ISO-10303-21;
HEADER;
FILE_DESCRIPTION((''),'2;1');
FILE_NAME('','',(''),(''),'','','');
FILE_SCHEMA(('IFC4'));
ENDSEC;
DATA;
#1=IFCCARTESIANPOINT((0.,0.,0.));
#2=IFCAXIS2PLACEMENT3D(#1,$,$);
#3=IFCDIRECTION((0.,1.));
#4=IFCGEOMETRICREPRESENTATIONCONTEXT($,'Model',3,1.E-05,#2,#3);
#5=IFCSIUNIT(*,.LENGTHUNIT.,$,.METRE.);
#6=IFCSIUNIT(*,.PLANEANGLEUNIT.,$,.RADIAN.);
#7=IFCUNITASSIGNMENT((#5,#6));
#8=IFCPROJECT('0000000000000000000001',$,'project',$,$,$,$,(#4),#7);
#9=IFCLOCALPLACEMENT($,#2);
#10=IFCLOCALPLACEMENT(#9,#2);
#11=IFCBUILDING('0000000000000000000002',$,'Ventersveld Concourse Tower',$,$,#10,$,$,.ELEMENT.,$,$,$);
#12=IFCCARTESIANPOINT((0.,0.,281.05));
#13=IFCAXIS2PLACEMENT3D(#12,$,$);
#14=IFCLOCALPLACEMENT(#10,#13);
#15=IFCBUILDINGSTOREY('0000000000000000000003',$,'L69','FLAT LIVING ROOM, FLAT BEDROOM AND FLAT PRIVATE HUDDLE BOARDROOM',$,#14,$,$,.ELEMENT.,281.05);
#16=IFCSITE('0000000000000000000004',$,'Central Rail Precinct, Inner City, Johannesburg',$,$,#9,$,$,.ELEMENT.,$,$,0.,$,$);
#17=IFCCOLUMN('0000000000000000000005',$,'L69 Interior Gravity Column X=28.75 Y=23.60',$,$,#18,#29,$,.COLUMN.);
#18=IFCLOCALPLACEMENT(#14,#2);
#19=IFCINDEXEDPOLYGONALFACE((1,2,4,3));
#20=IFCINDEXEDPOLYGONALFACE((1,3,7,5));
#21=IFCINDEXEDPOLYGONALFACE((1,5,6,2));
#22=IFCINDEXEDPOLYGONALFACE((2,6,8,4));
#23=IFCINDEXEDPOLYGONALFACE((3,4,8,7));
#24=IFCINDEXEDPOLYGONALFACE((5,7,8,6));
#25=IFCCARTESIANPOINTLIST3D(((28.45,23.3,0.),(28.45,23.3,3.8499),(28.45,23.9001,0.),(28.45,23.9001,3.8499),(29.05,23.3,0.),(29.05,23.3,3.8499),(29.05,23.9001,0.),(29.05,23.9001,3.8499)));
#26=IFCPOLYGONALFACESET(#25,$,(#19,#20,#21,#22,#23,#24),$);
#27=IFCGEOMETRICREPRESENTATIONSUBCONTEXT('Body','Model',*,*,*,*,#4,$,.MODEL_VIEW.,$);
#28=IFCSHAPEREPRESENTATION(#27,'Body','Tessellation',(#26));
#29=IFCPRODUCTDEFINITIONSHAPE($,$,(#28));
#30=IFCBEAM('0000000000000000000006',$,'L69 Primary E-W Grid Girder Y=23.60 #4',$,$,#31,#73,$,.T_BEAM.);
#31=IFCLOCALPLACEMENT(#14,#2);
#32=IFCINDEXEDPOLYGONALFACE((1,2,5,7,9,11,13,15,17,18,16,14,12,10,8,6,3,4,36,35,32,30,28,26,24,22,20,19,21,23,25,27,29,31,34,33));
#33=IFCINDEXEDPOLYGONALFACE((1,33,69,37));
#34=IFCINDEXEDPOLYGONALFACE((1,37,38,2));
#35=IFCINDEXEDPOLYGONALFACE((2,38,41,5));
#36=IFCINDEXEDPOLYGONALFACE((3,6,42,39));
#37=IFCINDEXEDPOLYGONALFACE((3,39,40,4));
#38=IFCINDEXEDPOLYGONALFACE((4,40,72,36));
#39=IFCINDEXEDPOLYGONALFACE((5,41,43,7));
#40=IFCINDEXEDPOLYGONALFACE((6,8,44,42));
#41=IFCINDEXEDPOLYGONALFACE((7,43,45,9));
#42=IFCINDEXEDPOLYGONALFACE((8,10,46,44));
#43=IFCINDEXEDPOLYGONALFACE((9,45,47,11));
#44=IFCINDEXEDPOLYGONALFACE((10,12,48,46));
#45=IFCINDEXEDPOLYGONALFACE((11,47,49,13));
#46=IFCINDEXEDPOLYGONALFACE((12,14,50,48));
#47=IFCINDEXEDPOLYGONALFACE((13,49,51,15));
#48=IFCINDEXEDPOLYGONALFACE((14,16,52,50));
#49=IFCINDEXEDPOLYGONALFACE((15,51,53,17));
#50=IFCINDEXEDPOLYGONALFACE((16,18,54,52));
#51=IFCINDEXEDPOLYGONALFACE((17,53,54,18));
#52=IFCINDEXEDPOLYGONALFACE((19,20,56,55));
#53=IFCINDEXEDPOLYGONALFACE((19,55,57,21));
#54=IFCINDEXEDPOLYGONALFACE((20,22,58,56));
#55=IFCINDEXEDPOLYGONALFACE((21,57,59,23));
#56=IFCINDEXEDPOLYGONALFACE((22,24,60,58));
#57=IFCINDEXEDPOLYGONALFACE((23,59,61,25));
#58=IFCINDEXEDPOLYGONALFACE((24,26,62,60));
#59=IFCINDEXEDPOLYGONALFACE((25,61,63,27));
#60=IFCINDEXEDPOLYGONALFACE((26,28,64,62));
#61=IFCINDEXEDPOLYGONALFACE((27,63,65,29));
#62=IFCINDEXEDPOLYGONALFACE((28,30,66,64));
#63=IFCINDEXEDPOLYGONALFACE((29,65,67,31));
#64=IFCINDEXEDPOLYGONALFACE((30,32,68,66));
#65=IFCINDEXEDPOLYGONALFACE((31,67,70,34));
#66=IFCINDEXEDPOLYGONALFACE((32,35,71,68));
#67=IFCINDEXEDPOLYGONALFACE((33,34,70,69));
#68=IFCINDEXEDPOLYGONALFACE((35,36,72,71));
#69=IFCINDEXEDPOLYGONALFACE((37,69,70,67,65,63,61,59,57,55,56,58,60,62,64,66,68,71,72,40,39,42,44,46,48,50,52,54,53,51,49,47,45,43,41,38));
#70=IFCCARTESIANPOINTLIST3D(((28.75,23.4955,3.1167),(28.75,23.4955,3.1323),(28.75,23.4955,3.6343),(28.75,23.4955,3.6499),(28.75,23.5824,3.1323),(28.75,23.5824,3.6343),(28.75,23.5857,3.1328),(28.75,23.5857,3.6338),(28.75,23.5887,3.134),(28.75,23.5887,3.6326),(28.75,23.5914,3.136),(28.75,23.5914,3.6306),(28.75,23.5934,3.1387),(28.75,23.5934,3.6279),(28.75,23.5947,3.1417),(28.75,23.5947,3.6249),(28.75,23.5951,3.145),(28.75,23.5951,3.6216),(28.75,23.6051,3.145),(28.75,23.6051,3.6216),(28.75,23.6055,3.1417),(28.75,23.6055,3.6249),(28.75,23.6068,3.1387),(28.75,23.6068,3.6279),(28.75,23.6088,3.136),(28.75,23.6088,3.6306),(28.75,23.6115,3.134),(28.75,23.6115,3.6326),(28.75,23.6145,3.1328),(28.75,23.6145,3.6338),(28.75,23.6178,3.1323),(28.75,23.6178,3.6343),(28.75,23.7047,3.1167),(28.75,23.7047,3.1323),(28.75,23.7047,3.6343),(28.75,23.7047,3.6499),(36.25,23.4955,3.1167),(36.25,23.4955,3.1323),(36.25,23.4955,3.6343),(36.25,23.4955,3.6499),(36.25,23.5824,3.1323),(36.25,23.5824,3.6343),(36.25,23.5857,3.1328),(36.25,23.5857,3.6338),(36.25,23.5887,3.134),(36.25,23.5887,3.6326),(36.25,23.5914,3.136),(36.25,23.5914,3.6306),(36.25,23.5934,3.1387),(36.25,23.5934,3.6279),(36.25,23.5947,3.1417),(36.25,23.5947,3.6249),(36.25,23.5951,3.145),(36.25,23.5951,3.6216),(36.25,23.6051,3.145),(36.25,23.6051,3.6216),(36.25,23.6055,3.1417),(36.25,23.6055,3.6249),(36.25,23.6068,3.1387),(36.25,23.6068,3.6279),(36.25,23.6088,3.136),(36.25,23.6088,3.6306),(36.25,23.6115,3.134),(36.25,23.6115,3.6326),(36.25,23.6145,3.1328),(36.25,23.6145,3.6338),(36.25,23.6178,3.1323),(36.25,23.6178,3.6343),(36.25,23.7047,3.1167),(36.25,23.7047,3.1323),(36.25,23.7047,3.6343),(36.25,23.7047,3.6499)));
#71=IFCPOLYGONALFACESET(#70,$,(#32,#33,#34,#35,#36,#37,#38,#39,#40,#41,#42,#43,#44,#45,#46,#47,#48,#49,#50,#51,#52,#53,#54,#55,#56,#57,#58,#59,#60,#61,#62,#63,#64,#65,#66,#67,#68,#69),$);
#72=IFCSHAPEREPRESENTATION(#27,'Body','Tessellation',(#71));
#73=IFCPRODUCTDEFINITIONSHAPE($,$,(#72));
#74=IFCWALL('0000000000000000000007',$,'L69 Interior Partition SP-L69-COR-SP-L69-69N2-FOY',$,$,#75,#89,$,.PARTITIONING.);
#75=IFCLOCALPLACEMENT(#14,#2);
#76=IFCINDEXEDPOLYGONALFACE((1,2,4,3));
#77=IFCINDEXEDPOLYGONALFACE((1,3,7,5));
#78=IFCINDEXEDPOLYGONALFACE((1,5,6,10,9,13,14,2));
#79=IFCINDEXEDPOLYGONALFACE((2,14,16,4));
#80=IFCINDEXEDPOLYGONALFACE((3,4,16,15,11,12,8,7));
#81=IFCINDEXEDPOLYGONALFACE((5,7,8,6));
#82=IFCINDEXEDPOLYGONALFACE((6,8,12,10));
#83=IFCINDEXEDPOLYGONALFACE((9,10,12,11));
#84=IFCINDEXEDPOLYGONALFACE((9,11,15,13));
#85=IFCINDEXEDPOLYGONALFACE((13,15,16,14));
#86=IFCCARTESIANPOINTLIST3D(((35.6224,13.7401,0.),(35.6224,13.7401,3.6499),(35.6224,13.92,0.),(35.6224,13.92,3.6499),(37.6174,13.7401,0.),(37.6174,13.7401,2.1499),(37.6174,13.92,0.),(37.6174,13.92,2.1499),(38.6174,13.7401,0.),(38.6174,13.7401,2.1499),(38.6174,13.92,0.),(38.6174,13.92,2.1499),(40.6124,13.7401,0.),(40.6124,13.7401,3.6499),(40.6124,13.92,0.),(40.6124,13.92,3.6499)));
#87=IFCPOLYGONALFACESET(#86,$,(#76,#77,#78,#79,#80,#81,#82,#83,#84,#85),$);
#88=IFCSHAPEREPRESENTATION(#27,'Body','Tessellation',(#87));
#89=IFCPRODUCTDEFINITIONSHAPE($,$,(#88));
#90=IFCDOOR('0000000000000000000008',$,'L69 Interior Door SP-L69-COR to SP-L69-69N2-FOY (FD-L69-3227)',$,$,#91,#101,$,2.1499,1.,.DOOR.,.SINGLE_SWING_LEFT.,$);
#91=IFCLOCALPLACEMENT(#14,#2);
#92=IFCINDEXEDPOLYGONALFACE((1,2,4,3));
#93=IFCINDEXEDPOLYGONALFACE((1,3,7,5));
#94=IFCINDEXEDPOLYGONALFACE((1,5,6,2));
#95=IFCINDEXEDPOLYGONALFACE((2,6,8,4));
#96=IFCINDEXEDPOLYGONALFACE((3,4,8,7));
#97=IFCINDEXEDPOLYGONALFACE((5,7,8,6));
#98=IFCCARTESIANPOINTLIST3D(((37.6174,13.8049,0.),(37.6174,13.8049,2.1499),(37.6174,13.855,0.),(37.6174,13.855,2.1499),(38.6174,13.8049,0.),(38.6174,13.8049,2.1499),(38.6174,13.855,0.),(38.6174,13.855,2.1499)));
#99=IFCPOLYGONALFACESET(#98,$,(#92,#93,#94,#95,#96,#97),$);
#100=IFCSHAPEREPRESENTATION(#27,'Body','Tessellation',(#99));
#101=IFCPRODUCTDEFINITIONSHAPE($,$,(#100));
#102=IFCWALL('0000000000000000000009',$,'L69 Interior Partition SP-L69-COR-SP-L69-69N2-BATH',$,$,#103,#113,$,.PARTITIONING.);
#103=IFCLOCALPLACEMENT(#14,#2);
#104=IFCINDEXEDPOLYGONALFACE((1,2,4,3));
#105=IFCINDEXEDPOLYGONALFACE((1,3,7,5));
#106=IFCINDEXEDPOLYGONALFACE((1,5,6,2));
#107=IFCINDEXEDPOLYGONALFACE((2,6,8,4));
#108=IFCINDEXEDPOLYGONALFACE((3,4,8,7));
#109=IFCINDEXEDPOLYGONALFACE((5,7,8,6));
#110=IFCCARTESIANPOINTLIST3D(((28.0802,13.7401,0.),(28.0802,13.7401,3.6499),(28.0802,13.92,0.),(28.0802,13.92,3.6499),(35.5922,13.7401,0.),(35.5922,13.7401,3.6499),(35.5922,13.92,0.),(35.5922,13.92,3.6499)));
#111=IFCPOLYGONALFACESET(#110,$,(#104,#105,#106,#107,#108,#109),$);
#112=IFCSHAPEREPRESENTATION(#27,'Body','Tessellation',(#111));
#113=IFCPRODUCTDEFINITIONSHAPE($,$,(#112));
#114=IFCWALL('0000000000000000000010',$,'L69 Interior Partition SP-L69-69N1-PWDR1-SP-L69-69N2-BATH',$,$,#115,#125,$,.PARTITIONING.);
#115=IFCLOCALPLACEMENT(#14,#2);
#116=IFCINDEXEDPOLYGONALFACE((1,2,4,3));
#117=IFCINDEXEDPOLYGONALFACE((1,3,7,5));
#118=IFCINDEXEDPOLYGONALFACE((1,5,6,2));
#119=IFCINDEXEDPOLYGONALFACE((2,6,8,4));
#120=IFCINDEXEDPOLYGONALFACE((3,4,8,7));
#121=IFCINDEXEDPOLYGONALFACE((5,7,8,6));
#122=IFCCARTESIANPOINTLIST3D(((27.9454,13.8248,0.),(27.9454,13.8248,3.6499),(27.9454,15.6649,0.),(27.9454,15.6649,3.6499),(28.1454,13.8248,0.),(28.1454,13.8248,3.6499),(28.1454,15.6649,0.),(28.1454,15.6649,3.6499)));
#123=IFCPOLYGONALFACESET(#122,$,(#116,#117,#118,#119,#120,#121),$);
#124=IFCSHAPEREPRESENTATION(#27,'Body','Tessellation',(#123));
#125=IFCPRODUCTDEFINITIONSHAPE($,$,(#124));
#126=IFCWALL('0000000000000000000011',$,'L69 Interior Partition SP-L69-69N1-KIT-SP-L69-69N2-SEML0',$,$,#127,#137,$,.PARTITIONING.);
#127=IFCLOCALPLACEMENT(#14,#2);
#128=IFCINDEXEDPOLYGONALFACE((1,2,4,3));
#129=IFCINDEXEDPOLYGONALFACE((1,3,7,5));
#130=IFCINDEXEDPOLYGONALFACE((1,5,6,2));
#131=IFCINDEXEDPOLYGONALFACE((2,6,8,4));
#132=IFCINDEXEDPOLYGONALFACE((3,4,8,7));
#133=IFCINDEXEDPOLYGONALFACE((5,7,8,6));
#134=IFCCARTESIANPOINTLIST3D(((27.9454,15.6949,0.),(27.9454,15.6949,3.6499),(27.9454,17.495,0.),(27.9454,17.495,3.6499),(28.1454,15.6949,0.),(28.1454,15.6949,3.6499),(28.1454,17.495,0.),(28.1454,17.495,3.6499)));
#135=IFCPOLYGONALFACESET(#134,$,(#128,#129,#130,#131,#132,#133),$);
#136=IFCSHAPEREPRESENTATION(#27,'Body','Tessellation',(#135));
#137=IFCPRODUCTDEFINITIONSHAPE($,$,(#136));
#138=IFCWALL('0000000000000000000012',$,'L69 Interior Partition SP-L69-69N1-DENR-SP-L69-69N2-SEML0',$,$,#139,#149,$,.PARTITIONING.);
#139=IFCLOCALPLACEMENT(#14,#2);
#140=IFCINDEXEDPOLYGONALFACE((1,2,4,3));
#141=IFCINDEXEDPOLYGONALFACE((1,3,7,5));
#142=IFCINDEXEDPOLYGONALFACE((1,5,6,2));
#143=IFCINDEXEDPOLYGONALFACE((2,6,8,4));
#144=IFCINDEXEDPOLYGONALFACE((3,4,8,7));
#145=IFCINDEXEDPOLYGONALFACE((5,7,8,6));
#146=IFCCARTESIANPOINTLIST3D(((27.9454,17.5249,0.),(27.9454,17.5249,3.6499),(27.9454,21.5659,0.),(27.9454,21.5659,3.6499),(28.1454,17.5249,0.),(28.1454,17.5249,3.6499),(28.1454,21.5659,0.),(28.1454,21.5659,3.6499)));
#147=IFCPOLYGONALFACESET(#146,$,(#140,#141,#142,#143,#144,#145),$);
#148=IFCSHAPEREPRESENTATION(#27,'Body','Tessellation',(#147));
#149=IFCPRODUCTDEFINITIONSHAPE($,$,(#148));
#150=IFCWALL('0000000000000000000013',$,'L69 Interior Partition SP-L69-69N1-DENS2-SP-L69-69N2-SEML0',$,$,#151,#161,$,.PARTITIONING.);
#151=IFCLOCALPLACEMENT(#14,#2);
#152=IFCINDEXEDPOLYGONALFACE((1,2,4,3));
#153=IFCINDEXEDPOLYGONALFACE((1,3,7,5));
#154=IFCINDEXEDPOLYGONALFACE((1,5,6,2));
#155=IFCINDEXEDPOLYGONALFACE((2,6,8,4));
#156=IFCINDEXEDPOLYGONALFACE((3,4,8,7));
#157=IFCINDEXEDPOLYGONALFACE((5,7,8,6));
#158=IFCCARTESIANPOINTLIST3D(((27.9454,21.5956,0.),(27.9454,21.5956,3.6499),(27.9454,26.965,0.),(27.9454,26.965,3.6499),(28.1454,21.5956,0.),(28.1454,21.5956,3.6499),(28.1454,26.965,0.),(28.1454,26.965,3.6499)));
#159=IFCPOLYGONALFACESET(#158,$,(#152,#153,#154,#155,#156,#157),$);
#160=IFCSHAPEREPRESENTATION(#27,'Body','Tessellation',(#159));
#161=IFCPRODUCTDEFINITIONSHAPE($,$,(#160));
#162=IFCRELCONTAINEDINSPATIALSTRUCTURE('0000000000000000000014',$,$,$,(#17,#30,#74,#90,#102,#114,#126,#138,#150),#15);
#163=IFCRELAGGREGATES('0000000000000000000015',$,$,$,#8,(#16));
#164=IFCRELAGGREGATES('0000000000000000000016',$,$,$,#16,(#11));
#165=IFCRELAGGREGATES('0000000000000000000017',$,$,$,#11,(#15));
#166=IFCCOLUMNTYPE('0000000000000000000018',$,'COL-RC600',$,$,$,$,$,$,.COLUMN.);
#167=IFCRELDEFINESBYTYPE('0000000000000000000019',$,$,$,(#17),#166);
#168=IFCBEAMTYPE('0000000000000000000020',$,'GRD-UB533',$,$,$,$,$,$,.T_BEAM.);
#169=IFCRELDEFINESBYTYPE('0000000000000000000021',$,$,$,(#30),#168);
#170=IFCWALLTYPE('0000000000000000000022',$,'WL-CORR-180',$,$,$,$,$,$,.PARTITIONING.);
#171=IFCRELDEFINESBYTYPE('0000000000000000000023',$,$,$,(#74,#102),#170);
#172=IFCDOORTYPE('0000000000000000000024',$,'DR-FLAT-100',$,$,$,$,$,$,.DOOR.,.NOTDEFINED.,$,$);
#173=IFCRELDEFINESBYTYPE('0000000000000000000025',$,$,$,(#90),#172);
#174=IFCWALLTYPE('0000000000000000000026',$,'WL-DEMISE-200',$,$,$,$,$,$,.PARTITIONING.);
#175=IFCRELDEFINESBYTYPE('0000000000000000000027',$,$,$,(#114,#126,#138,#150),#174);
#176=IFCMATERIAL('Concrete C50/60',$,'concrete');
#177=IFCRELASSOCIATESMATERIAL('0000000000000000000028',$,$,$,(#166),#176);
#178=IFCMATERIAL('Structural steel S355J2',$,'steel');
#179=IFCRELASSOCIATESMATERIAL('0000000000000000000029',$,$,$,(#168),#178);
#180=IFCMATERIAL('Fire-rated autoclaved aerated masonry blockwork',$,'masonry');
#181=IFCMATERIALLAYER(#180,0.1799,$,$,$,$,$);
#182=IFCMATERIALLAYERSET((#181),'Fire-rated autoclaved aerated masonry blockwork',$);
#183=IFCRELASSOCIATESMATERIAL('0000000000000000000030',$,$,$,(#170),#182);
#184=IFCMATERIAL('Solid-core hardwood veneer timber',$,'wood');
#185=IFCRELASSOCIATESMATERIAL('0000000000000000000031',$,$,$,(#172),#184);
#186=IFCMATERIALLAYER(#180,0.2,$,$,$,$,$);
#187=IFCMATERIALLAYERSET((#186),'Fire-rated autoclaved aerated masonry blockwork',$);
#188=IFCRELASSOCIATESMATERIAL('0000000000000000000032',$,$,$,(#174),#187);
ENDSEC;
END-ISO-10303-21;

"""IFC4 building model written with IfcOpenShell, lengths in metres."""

from ifc_helpers import new_model, si_unit, direction, frame, frame_2d, origin, origin_2d, place, context, subcontext, project, spatial, rectangle, i_section, extrude, material, layer, layer_set, material_profile, profile_set, type_object, element, fill, save


model = new_model("IFC4")

# Units and contexts
model_context = context("Model", 3, precision=1e-05, world=origin(), true_north=direction((0.0, 1.0)))
body_context = subcontext(model_context, "Body", "Model", "MODEL_VIEW")
ifc_project = project(units=[si_unit("LENGTHUNIT", "METRE"), si_unit("PLANEANGLEUNIT", "RADIAN")], contexts=[model_context])

# Site, building, storey
site_placement = place(None, origin())
site = spatial("IfcSite", under=ifc_project, at=site_placement, Name="Central Rail Precinct, Inner City, Johannesburg", CompositionType="ELEMENT", RefElevation=0.0)
building_placement = place(site_placement, origin())
building = spatial("IfcBuilding", under=site, at=building_placement, Name="Ventersveld Concourse Tower", CompositionType="ELEMENT")
storey_placement = place(building_placement, frame((0.0, 0.0, 281.05)))
storey = spatial("IfcBuildingStorey", under=building, at=storey_placement, Name="L69", Description="FLAT LIVING ROOM, FLAT BEDROOM AND FLAT PRIVATE HUDDLE BOARDROOM", CompositionType="ELEMENT", Elevation=281.05)

# Column
ifc_material_1 = material(Name="Concrete C50/60", Category="concrete")
ifc_material_profile_1 = material_profile(ifc_material_1, rectangle(XDim=0.6001, YDim=0.6001, at=origin_2d()), Name="RC 600x600")
ifc_profile_set_1 = profile_set([ifc_material_profile_1], Name="Concrete C50/60")
column_type = type_object("IfcColumnType", Name="COL-RC600", PredefinedType="COLUMN", material=ifc_profile_set_1)
column_placement = place(storey_placement, frame((28.75, 23.6001, 0.0), z_axis=(0.0, 0.0, 1.0), x_axis=(1.0, 0.0, 0.0)))
element("IfcColumn", 1, at=column_placement, inside=storey, type_object=column_type, Name="L69 Interior Gravity Column X=28.75 Y=23.60", PredefinedType="COLUMN", context=body_context, shape_type="SweptSolid", body=[
    extrude(rectangle(XDim=0.6001, YDim=0.6001, at=origin_2d()), origin(), (0.0, 0.0, 1.0), 3.8499),
])

# Beam
ifc_material_2 = material(Name="Structural steel S355J2", Category="steel")
ifc_material_profile_2 = material_profile(ifc_material_2, i_section(OverallWidth=0.2092, OverallDepth=0.5332, WebThickness=0.01, FlangeThickness=0.0156, FilletRadius=0.0127, at=origin_2d()), Name="UB 533x210x92")
ifc_profile_set_2 = profile_set([ifc_material_profile_2], Name="Structural steel S355J2")
beam_type = type_object("IfcBeamType", Name="GRD-UB533", PredefinedType="T_BEAM", material=ifc_profile_set_2)
beam_placement = place(storey_placement, frame((28.75, 23.6001, 3.3833), z_axis=(1.0, 0.0, 0.0), x_axis=(0.0, 1.0, 0.0)))
element("IfcBeam", 2, at=beam_placement, inside=storey, type_object=beam_type, Name="L69 Primary E-W Grid Girder Y=23.60 #4", PredefinedType="T_BEAM", context=body_context, shape_type="SweptSolid", body=[
    extrude(i_section(OverallWidth=0.2092, OverallDepth=0.5332, WebThickness=0.01, FlangeThickness=0.0156, FilletRadius=0.0127, at=origin_2d()), origin(), (0.0, 0.0, 1.0), 7.5),
])

# Wall, opening, door
ifc_material_3 = material(Name="Fire-rated autoclaved aerated masonry blockwork", Category="masonry")
ifc_layer_1 = layer(ifc_material_3, 0.1799)
ifc_layer_set_1 = layer_set([ifc_layer_1], Name="Fire-rated autoclaved aerated masonry blockwork")
wall_type_1 = type_object("IfcWallType", Name="WL-CORR-180", PredefinedType="PARTITIONING", material=ifc_layer_set_1)
wall_1_placement = place(storey_placement, frame((35.6223, 13.8301, 0.0), z_axis=(0.0, 0.0, 1.0), x_axis=(1.0, 0.0, 0.0)))
wall_1 = element("IfcWall", 3, at=wall_1_placement, inside=storey, type_object=wall_type_1, Name="L69 Interior Partition SP-L69-COR-SP-L69-69N2-FOY", PredefinedType="PARTITIONING", context=body_context, shape_type="SweptSolid", body=[
    extrude(rectangle(XDim=4.99, YDim=0.1799, at=frame_2d((2.4951, 0.0))), origin(), (0.0, 0.0, 1.0), 3.6499),
])
opening_1_placement = place(wall_1_placement, frame((1.9951, 0.0, 0.0)))
opening_1 = element("IfcOpeningElement", 4, at=opening_1_placement, cuts=wall_1, PredefinedType="OPENING", context=body_context, shape_type="SweptSolid", body=[
    extrude(rectangle(XDim=1.0, YDim=2.1499, at=frame_2d((0.5, 1.075))), frame((0.0, 0.1001, 0.0), z_axis=(0.0, -1.0, 0.0), x_axis=(1.0, 0.0, 0.0)), (0.0, 0.0, 1.0), 0.2),
])
ifc_material_4 = material(Name="Solid-core hardwood veneer timber", Category="wood")
door_type_1 = type_object("IfcDoorType", Name="DR-FLAT-100", OperationType="NOTDEFINED", PredefinedType="DOOR", material=ifc_material_4)
door_1_placement = place(opening_1_placement, origin())
door_1 = element("IfcDoor", 5, at=door_1_placement, inside=storey, type_object=door_type_1, Name="L69 Interior Door SP-L69-COR to SP-L69-69N2-FOY (FD-L69-3227)", OperationType="SINGLE_SWING_LEFT", OverallHeight=2.1499, OverallWidth=1.0, PredefinedType="DOOR", context=body_context, shape_type="SweptSolid", body=[
    extrude(rectangle(XDim=1.0, YDim=2.1499, at=frame_2d((0.5, 1.075))), frame((0.0, 0.0249, 0.0), z_axis=(0.0, -1.0, 0.0), x_axis=(1.0, 0.0, 0.0)), (0.0, 0.0, 1.0), 0.05),
])
fill(opening_1, door_1)

# Walls
wall_2_placement = place(storey_placement, frame((28.0803, 13.8301, 0.0), z_axis=(0.0, 0.0, 1.0), x_axis=(1.0, 0.0, 0.0)))
element("IfcWall", 6, at=wall_2_placement, inside=storey, type_object=wall_type_1, Name="L69 Interior Partition SP-L69-COR-SP-L69-69N2-BATH", PredefinedType="PARTITIONING", context=body_context, shape_type="SweptSolid", body=[
    extrude(rectangle(XDim=7.512, YDim=0.1799, at=frame_2d((3.7559, 0.0))), origin(), (0.0, 0.0, 1.0), 3.6499),
])
ifc_layer_2 = layer(ifc_material_3, 0.2)
ifc_layer_set_2 = layer_set([ifc_layer_2], Name="Fire-rated autoclaved aerated masonry blockwork")
wall_type_2 = type_object("IfcWallType", Name="WL-DEMISE-200", PredefinedType="PARTITIONING", material=ifc_layer_set_2)
wall_3_placement = place(storey_placement, frame((28.0454, 13.825, 0.0), z_axis=(0.0, 0.0, 1.0), x_axis=(0.0, 1.0, 0.0)))
element("IfcWall", 7, at=wall_3_placement, inside=storey, type_object=wall_type_2, Name="L69 Interior Partition SP-L69-69N1-PWDR1-SP-L69-69N2-BATH", PredefinedType="PARTITIONING", context=body_context, shape_type="SweptSolid", body=[
    extrude(rectangle(XDim=1.8401, YDim=0.2, at=frame_2d((0.9199, 0.0))), origin(), (0.0, 0.0, 1.0), 3.6499),
])
wall_4_placement = place(storey_placement, frame((28.0454, 15.6951, 0.0), z_axis=(0.0, 0.0, 1.0), x_axis=(0.0, 1.0, 0.0)))
element("IfcWall", 8, at=wall_4_placement, inside=storey, type_object=wall_type_2, Name="L69 Interior Partition SP-L69-69N1-KIT-SP-L69-69N2-SEML0", PredefinedType="PARTITIONING", context=body_context, shape_type="SweptSolid", body=[
    extrude(rectangle(XDim=1.8, YDim=0.2, at=frame_2d((0.8999, 0.0))), origin(), (0.0, 0.0, 1.0), 3.6499),
])
wall_5_placement = place(storey_placement, frame((28.0454, 17.5249, 0.0), z_axis=(0.0, 0.0, 1.0), x_axis=(0.0, 1.0, 0.0)))
element("IfcWall", 9, at=wall_5_placement, inside=storey, type_object=wall_type_2, Name="L69 Interior Partition SP-L69-69N1-DENR-SP-L69-69N2-SEML0", PredefinedType="PARTITIONING", context=body_context, shape_type="SweptSolid", body=[
    extrude(rectangle(XDim=4.041, YDim=0.2, at=frame_2d((2.0205, 0.0))), origin(), (0.0, 0.0, 1.0), 3.6499),
])
wall_6_placement = place(storey_placement, frame((28.0454, 21.5957, 0.0), z_axis=(0.0, 0.0, 1.0), x_axis=(0.0, 1.0, 0.0)))
element("IfcWall", 10, at=wall_6_placement, inside=storey, type_object=wall_type_2, Name="L69 Interior Partition SP-L69-69N1-DENS2-SP-L69-69N2-SEML0", PredefinedType="PARTITIONING", context=body_context, shape_type="SweptSolid", body=[
    extrude(rectangle(XDim=5.3694, YDim=0.2, at=frame_2d((2.6846, 0.0))), origin(), (0.0, 0.0, 1.0), 3.6499),
])

save(model, "model.ifc")
